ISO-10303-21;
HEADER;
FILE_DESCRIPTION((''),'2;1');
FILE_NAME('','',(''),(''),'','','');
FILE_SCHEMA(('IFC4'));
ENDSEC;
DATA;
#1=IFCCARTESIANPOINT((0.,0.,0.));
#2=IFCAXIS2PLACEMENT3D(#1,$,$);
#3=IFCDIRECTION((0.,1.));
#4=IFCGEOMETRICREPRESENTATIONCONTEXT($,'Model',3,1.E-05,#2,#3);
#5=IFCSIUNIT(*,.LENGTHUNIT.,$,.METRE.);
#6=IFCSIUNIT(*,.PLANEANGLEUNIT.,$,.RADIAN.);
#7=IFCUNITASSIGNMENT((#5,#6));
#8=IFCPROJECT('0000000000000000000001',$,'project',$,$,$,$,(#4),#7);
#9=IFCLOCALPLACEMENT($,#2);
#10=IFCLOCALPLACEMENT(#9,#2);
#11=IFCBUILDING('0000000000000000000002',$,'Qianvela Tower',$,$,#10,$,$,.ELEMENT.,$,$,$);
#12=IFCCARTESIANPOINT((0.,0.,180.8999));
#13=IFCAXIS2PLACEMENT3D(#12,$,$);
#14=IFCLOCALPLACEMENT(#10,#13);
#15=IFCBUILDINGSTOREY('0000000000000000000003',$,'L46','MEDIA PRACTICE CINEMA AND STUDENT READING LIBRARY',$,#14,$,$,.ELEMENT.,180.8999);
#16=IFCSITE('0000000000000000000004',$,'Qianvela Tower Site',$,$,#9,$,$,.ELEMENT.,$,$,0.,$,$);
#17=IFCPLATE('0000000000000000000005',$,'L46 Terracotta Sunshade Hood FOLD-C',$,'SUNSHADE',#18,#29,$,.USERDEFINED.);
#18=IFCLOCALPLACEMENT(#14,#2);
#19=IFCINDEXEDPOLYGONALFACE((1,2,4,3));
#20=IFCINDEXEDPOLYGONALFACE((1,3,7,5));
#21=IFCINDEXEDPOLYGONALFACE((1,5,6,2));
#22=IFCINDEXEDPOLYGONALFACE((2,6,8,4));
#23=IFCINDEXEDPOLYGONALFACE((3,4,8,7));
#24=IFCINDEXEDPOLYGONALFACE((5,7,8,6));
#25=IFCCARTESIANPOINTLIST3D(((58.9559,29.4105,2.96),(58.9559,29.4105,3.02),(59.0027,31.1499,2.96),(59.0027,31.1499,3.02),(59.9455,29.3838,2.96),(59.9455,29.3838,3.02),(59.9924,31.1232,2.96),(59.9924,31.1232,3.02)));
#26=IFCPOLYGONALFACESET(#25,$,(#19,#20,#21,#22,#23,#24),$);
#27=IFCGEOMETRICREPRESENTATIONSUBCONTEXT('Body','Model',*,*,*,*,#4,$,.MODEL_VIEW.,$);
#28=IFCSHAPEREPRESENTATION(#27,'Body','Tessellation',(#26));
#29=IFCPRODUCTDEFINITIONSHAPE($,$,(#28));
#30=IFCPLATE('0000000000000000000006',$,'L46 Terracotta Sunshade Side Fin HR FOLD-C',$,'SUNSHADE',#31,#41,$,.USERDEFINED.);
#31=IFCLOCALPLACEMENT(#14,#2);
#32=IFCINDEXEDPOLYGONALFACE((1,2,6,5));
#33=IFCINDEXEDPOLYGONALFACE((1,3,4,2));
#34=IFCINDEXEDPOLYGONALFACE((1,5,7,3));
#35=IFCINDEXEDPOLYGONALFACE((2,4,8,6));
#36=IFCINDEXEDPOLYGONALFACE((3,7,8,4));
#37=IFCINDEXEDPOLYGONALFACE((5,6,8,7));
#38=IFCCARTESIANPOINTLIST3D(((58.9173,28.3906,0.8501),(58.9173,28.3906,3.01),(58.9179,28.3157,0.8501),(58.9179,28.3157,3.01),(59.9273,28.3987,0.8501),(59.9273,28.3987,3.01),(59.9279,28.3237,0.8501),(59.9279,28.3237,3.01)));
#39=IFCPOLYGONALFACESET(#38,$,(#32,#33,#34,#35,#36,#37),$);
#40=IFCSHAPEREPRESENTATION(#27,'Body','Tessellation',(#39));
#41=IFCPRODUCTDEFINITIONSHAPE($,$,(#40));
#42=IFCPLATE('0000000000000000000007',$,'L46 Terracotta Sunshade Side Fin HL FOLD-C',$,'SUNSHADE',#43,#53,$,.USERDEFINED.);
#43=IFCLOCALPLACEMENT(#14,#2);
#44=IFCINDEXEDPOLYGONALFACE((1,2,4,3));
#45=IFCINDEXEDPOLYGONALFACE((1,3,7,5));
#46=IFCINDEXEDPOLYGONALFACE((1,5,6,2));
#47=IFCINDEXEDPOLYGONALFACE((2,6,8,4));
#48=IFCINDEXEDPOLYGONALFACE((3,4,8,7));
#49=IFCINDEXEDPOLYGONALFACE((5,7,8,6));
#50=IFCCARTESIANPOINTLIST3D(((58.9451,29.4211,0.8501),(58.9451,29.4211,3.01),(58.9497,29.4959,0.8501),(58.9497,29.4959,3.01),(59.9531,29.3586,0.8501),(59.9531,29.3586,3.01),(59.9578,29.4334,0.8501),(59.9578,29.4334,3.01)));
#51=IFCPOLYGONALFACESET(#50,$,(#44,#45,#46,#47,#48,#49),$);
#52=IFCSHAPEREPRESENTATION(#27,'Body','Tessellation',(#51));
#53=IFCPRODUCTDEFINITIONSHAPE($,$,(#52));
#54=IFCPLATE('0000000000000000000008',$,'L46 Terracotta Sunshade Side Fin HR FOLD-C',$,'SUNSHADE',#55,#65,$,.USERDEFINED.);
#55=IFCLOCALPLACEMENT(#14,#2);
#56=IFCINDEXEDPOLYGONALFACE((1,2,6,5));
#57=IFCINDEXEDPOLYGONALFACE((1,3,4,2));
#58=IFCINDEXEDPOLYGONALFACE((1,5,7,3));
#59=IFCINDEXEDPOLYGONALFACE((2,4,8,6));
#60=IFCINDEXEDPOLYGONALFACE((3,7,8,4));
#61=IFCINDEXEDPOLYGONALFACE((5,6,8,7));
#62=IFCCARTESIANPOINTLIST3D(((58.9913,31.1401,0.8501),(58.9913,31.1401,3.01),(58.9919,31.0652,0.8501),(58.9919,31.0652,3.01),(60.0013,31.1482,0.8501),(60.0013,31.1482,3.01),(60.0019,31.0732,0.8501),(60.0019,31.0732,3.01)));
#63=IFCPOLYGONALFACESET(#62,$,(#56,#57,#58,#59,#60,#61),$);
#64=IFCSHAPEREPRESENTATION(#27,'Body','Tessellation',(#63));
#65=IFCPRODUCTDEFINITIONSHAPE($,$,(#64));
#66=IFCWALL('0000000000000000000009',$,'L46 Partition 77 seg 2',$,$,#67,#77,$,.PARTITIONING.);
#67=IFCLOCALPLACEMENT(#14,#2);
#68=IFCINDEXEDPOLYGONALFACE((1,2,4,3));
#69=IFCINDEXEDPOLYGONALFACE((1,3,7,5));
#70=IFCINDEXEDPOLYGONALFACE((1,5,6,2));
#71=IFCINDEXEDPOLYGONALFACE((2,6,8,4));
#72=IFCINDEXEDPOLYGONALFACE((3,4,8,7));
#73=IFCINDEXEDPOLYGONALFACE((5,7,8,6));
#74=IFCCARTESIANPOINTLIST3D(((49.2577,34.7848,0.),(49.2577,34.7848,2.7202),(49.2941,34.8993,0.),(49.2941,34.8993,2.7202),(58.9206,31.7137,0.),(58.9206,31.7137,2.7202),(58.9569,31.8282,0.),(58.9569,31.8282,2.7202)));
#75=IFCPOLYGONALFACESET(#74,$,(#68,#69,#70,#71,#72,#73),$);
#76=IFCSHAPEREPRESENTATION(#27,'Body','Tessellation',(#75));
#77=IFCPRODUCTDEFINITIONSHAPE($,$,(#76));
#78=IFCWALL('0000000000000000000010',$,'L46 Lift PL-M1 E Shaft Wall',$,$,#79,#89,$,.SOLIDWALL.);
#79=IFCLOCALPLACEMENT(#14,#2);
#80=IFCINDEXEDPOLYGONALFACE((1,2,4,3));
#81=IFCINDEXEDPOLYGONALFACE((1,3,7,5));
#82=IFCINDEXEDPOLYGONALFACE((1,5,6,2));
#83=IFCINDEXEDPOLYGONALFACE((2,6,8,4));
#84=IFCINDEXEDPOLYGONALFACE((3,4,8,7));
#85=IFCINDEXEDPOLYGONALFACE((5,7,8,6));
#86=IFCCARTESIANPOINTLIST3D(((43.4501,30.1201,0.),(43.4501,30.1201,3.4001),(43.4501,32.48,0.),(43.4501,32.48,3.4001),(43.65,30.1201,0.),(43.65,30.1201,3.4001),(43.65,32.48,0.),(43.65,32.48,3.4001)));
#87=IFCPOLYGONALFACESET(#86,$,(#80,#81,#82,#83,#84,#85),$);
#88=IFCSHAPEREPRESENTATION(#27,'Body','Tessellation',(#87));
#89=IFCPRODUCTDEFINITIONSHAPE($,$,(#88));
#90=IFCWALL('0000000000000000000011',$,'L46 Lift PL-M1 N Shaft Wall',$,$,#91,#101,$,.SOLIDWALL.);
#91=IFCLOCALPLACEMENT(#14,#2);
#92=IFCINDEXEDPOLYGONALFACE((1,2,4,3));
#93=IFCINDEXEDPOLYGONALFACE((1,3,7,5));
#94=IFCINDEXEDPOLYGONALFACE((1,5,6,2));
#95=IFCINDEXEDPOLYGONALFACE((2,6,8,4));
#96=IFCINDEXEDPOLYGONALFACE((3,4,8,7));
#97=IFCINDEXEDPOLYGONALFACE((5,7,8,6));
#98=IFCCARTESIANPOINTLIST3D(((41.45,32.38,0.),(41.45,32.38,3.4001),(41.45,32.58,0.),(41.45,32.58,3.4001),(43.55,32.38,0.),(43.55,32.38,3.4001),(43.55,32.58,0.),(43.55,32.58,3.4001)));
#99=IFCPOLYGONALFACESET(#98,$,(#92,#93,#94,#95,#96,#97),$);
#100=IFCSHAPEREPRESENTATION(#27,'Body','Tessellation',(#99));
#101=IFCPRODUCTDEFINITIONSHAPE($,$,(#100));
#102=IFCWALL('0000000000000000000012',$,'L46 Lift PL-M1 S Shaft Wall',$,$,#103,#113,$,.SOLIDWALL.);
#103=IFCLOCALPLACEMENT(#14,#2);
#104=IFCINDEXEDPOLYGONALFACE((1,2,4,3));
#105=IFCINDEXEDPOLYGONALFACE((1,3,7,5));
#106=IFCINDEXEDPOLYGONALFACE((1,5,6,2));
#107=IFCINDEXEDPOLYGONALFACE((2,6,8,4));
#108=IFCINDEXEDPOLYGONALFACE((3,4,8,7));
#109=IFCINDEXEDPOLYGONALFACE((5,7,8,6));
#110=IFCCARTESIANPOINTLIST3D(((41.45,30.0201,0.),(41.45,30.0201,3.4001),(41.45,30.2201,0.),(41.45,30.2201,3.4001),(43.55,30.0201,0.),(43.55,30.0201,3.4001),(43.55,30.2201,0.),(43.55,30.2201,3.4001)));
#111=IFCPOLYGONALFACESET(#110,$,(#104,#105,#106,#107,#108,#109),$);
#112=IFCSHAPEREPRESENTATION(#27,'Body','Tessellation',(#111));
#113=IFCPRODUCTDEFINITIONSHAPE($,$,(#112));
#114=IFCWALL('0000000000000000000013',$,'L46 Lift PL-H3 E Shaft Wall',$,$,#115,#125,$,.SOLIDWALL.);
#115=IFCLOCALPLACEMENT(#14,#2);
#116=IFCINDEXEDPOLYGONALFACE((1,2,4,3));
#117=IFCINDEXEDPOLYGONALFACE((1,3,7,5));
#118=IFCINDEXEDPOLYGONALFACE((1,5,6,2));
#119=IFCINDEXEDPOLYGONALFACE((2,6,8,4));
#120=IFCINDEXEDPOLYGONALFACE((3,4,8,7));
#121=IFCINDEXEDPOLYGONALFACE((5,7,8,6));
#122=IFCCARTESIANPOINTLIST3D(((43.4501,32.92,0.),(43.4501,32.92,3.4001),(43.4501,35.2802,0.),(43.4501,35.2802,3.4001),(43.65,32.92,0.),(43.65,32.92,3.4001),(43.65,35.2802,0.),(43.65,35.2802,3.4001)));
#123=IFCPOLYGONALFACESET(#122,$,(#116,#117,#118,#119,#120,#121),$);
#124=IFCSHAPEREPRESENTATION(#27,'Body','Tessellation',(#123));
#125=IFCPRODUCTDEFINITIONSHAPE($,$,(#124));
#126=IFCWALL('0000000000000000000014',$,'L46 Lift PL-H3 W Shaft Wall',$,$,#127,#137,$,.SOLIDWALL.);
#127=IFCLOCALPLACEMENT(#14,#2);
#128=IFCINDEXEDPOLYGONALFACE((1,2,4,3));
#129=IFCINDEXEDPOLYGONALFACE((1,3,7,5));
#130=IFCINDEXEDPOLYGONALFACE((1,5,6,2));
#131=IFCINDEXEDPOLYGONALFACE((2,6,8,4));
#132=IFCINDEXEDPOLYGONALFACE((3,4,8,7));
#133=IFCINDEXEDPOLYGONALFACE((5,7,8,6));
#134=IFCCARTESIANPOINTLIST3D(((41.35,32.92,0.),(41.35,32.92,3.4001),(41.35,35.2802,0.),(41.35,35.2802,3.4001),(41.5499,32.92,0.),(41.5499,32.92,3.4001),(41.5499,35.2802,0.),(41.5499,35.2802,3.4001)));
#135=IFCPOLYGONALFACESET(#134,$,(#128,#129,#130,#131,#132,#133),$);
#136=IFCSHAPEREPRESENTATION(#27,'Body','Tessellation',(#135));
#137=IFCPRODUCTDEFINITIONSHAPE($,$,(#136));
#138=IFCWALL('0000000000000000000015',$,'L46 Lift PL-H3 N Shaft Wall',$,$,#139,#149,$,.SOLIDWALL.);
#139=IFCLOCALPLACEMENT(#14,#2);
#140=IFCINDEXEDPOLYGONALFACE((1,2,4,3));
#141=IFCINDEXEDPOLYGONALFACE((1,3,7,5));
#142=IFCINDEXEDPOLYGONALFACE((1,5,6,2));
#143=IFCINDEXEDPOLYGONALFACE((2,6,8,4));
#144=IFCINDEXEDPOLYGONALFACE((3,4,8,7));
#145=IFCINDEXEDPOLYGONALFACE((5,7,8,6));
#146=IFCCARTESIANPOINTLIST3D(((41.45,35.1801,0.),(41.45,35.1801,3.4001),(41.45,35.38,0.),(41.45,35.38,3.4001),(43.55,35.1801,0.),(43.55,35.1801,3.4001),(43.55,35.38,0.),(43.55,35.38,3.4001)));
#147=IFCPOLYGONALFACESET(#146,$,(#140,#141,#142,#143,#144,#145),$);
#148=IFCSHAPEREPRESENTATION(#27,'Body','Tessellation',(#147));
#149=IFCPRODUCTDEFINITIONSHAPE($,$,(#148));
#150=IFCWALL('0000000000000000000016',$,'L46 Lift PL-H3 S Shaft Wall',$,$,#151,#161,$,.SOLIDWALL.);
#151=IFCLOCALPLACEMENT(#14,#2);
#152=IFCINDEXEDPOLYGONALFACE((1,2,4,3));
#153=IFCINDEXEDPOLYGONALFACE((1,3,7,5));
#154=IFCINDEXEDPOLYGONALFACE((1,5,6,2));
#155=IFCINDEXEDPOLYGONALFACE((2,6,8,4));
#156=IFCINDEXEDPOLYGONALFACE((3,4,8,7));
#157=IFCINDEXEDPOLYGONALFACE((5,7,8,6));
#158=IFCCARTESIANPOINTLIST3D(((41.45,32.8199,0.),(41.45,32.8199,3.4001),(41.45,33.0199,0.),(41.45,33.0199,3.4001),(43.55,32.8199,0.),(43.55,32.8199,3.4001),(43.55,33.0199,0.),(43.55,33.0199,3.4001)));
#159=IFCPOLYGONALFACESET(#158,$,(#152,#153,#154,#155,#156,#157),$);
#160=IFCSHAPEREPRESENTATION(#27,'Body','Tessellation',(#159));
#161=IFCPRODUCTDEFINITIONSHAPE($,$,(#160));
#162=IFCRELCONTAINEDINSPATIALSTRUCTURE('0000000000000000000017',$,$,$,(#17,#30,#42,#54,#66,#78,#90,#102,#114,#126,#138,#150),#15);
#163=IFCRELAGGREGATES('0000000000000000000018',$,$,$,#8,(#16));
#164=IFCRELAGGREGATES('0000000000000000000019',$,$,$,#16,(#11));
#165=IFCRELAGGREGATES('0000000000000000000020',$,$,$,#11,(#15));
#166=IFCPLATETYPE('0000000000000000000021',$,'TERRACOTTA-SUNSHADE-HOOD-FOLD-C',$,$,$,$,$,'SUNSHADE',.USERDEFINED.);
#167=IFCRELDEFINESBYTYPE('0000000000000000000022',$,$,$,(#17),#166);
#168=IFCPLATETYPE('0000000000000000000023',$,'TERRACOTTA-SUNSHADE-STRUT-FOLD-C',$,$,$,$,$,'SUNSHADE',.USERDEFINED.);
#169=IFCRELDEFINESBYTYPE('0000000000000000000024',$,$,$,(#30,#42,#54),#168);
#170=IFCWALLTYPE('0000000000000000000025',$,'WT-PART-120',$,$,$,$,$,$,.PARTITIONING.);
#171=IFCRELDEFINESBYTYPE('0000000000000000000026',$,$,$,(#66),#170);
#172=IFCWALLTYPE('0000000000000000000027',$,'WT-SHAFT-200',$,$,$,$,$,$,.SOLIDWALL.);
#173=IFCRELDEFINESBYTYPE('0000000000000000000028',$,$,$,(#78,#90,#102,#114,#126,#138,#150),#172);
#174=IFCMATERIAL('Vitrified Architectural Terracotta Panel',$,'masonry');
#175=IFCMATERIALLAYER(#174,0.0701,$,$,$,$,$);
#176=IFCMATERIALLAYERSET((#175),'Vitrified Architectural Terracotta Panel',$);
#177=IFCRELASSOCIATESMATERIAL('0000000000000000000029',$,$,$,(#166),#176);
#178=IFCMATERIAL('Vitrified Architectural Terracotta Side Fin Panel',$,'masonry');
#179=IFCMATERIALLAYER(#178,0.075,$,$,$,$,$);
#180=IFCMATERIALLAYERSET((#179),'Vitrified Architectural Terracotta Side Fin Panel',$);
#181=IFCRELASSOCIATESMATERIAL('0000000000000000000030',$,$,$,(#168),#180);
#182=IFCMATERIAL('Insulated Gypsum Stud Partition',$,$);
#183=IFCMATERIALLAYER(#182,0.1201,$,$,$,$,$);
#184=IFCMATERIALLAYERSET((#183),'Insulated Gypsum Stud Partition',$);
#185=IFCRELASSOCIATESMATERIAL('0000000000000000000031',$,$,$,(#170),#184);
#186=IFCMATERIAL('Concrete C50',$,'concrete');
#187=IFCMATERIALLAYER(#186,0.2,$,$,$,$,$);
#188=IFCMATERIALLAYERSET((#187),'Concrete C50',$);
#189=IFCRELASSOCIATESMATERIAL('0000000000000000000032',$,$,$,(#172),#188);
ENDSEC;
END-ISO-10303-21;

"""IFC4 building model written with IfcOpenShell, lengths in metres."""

from ifc_helpers import new_model, si_unit, direction, frame, frame_2d, origin, origin_2d, place, context, subcontext, project, spatial, rectangle, extrude, material, layer, layer_set, type_object, element, save


model = new_model("IFC4")

# Units and contexts
model_context = context("Model", 3, precision=1e-05, world=origin(), true_north=direction((0.0, 1.0)))
body_context = subcontext(model_context, "Body", "Model", "MODEL_VIEW")
ifc_project = project(units=[si_unit("LENGTHUNIT", "METRE"), si_unit("PLANEANGLEUNIT", "RADIAN")], contexts=[model_context])

# Site, building, storey
site_placement = place(None, origin())
site = spatial("IfcSite", under=ifc_project, at=site_placement, Name="Qianvela Tower Site", CompositionType="ELEMENT", RefElevation=0.0)
building_placement = place(site_placement, origin())
building = spatial("IfcBuilding", under=site, at=building_placement, Name="Qianvela Tower", CompositionType="ELEMENT")
storey_placement = place(building_placement, frame((0.0, 0.0, 180.8999)))
storey = spatial("IfcBuildingStorey", under=building, at=storey_placement, Name="L46", Description="MEDIA PRACTICE CINEMA AND STUDENT READING LIBRARY", CompositionType="ELEMENT", Elevation=180.8999)

# Plates
ifc_material_1 = material(Name="Vitrified Architectural Terracotta Panel", Category="masonry")
ifc_layer_1 = layer(ifc_material_1, 0.0701)
ifc_layer_set_1 = layer_set([ifc_layer_1], Name="Vitrified Architectural Terracotta Panel")
plate_type_1 = type_object("IfcPlateType", Name="TERRACOTTA-SUNSHADE-HOOD-FOLD-C", ElementType="SUNSHADE", PredefinedType="USERDEFINED", material=ifc_layer_set_1)
plate_1_placement = place(storey_placement, frame((59.4741, 30.2668, 2.96), z_axis=(0.0, 0.0, 1.0), x_axis=(0.026934, 0.999637, 0.0)))
element("IfcPlate", 1, at=plate_1_placement, inside=storey, type_object=plate_type_1, Name="L46 Terracotta Sunshade Hood FOLD-C", ObjectType="SUNSHADE", PredefinedType="USERDEFINED", context=body_context, shape_type="SweptSolid", body=[
    extrude(rectangle(XDim=1.74, YDim=0.99, at=origin_2d()), origin(), (0.0, 0.0, 1.0), 0.0601),
])
ifc_material_2 = material(Name="Vitrified Architectural Terracotta Side Fin Panel", Category="masonry")
ifc_layer_2 = layer(ifc_material_2, 0.075)
ifc_layer_set_2 = layer_set([ifc_layer_2], Name="Vitrified Architectural Terracotta Side Fin Panel")
plate_type_2 = type_object("IfcPlateType", Name="TERRACOTTA-SUNSHADE-STRUT-FOLD-C", ElementType="SUNSHADE", PredefinedType="USERDEFINED", material=ifc_layer_set_2)
for number, where, z_axis, x_axis, name in (
    (2, (59.4226, 28.3572, 0.8501), (0.0, 0.0, 1.0), (-0.007969, 0.999968, 0.0), "L46 Terracotta Sunshade Side Fin HR FOLD-C"),
    (3, (59.4514, 29.4272, 0.8501), (0.0, 0.0, 1.0), (0.061805, 0.998088, 0.0), "L46 Terracotta Sunshade Side Fin HL FOLD-C"),
    (4, (59.4966, 31.1067, 0.8501), (0.0, 0.0, 1.0), (-0.007969, 0.999968, 0.0), "L46 Terracotta Sunshade Side Fin HR FOLD-C"),
):
    element("IfcPlate", number, at=place(storey_placement, frame(where, z_axis=z_axis, x_axis=x_axis)), inside=storey, type_object=plate_type_2, Name=name, ObjectType="SUNSHADE", PredefinedType="USERDEFINED", context=body_context, shape_type="SweptSolid", body=[
        extrude(rectangle(XDim=0.075, YDim=1.01, at=origin_2d()), origin(), (0.0, 0.0, 1.0), 2.1599),
    ])

# Walls
ifc_material_3 = material(Name="Insulated Gypsum Stud Partition")
ifc_layer_3 = layer(ifc_material_3, 0.1201)
ifc_layer_set_3 = layer_set([ifc_layer_3], Name="Insulated Gypsum Stud Partition")
wall_type_1 = type_object("IfcWallType", Name="WT-PART-120", PredefinedType="PARTITIONING", material=ifc_layer_set_3)
wall_1_placement = place(storey_placement, frame((49.2759, 34.842, 0.0), z_axis=(0.0, 0.0, 1.0), x_axis=(0.953025, -0.302891, 0.0)))
element("IfcWall", 5, at=wall_1_placement, inside=storey, type_object=wall_type_1, Name="L46 Partition 77 seg 2", PredefinedType="PARTITIONING", context=body_context, shape_type="SweptSolid", body=[
    extrude(rectangle(XDim=10.1392, YDim=0.1201, at=frame_2d((5.0696, 0.0))), origin(), (0.0, 0.0, 1.0), 2.7202),
])
ifc_material_4 = material(Name="Concrete C50", Category="concrete")
ifc_layer_4 = layer(ifc_material_4, 0.2)
ifc_layer_set_4 = layer_set([ifc_layer_4], Name="Concrete C50")
wall_type_2 = type_object("IfcWallType", Name="WT-SHAFT-200", PredefinedType="SOLIDWALL", material=ifc_layer_set_4)
wall_2_placement = place(storey_placement, frame((43.55, 30.1201, 0.0), z_axis=(0.0, 0.0, 1.0), x_axis=(0.0, 1.0, 0.0)))
element("IfcWall", 6, at=wall_2_placement, inside=storey, type_object=wall_type_2, Name="L46 Lift PL-M1 E Shaft Wall", PredefinedType="SOLIDWALL", context=body_context, shape_type="SweptSolid", body=[
    extrude(rectangle(XDim=2.3599, YDim=0.2, at=frame_2d((1.1799, 0.0))), origin(), (0.0, 0.0, 1.0), 3.4001),
])

# Walls
for number, where, z_axis, x_axis, name in (
    (7, (41.45, 32.48, 0.0), (0.0, 0.0, 1.0), (1.0, 0.0, 0.0), "L46 Lift PL-M1 N Shaft Wall"),
    (8, (41.45, 30.1201, 0.0), (0.0, 0.0, 1.0), (1.0, 0.0, 0.0), "L46 Lift PL-M1 S Shaft Wall"),
):
    element("IfcWall", number, at=place(storey_placement, frame(where, z_axis=z_axis, x_axis=x_axis)), inside=storey, type_object=wall_type_2, Name=name, PredefinedType="SOLIDWALL", context=body_context, shape_type="SweptSolid", body=[
        extrude(rectangle(XDim=2.1001, YDim=0.2, at=frame_2d((1.05, 0.0))), origin(), (0.0, 0.0, 1.0), 3.4001),
    ])
for number, where, z_axis, x_axis, name in (
    (9, (43.55, 32.9199, 0.0), (0.0, 0.0, 1.0), (0.0, 1.0, 0.0), "L46 Lift PL-H3 E Shaft Wall"),
    (10, (41.45, 32.9199, 0.0), (0.0, 0.0, 1.0), (0.0, 1.0, 0.0), "L46 Lift PL-H3 W Shaft Wall"),
):
    element("IfcWall", number, at=place(storey_placement, frame(where, z_axis=z_axis, x_axis=x_axis)), inside=storey, type_object=wall_type_2, Name=name, PredefinedType="SOLIDWALL", context=body_context, shape_type="SweptSolid", body=[
        extrude(rectangle(XDim=2.3601, YDim=0.2, at=frame_2d((1.1802, 0.0))), origin(), (0.0, 0.0, 1.0), 3.4001),
    ])
for number, where, z_axis, x_axis, name in (
    (11, (41.45, 35.28, 0.0), (0.0, 0.0, 1.0), (1.0, 0.0, 0.0), "L46 Lift PL-H3 N Shaft Wall"),
    (12, (41.45, 32.9199, 0.0), (0.0, 0.0, 1.0), (1.0, 0.0, 0.0), "L46 Lift PL-H3 S Shaft Wall"),
):
    element("IfcWall", number, at=place(storey_placement, frame(where, z_axis=z_axis, x_axis=x_axis)), inside=storey, type_object=wall_type_2, Name=name, PredefinedType="SOLIDWALL", context=body_context, shape_type="SweptSolid", body=[
        extrude(rectangle(XDim=2.1001, YDim=0.2, at=frame_2d((1.05, 0.0))), origin(), (0.0, 0.0, 1.0), 3.4001),
    ])

save(model, "model.ifc")
